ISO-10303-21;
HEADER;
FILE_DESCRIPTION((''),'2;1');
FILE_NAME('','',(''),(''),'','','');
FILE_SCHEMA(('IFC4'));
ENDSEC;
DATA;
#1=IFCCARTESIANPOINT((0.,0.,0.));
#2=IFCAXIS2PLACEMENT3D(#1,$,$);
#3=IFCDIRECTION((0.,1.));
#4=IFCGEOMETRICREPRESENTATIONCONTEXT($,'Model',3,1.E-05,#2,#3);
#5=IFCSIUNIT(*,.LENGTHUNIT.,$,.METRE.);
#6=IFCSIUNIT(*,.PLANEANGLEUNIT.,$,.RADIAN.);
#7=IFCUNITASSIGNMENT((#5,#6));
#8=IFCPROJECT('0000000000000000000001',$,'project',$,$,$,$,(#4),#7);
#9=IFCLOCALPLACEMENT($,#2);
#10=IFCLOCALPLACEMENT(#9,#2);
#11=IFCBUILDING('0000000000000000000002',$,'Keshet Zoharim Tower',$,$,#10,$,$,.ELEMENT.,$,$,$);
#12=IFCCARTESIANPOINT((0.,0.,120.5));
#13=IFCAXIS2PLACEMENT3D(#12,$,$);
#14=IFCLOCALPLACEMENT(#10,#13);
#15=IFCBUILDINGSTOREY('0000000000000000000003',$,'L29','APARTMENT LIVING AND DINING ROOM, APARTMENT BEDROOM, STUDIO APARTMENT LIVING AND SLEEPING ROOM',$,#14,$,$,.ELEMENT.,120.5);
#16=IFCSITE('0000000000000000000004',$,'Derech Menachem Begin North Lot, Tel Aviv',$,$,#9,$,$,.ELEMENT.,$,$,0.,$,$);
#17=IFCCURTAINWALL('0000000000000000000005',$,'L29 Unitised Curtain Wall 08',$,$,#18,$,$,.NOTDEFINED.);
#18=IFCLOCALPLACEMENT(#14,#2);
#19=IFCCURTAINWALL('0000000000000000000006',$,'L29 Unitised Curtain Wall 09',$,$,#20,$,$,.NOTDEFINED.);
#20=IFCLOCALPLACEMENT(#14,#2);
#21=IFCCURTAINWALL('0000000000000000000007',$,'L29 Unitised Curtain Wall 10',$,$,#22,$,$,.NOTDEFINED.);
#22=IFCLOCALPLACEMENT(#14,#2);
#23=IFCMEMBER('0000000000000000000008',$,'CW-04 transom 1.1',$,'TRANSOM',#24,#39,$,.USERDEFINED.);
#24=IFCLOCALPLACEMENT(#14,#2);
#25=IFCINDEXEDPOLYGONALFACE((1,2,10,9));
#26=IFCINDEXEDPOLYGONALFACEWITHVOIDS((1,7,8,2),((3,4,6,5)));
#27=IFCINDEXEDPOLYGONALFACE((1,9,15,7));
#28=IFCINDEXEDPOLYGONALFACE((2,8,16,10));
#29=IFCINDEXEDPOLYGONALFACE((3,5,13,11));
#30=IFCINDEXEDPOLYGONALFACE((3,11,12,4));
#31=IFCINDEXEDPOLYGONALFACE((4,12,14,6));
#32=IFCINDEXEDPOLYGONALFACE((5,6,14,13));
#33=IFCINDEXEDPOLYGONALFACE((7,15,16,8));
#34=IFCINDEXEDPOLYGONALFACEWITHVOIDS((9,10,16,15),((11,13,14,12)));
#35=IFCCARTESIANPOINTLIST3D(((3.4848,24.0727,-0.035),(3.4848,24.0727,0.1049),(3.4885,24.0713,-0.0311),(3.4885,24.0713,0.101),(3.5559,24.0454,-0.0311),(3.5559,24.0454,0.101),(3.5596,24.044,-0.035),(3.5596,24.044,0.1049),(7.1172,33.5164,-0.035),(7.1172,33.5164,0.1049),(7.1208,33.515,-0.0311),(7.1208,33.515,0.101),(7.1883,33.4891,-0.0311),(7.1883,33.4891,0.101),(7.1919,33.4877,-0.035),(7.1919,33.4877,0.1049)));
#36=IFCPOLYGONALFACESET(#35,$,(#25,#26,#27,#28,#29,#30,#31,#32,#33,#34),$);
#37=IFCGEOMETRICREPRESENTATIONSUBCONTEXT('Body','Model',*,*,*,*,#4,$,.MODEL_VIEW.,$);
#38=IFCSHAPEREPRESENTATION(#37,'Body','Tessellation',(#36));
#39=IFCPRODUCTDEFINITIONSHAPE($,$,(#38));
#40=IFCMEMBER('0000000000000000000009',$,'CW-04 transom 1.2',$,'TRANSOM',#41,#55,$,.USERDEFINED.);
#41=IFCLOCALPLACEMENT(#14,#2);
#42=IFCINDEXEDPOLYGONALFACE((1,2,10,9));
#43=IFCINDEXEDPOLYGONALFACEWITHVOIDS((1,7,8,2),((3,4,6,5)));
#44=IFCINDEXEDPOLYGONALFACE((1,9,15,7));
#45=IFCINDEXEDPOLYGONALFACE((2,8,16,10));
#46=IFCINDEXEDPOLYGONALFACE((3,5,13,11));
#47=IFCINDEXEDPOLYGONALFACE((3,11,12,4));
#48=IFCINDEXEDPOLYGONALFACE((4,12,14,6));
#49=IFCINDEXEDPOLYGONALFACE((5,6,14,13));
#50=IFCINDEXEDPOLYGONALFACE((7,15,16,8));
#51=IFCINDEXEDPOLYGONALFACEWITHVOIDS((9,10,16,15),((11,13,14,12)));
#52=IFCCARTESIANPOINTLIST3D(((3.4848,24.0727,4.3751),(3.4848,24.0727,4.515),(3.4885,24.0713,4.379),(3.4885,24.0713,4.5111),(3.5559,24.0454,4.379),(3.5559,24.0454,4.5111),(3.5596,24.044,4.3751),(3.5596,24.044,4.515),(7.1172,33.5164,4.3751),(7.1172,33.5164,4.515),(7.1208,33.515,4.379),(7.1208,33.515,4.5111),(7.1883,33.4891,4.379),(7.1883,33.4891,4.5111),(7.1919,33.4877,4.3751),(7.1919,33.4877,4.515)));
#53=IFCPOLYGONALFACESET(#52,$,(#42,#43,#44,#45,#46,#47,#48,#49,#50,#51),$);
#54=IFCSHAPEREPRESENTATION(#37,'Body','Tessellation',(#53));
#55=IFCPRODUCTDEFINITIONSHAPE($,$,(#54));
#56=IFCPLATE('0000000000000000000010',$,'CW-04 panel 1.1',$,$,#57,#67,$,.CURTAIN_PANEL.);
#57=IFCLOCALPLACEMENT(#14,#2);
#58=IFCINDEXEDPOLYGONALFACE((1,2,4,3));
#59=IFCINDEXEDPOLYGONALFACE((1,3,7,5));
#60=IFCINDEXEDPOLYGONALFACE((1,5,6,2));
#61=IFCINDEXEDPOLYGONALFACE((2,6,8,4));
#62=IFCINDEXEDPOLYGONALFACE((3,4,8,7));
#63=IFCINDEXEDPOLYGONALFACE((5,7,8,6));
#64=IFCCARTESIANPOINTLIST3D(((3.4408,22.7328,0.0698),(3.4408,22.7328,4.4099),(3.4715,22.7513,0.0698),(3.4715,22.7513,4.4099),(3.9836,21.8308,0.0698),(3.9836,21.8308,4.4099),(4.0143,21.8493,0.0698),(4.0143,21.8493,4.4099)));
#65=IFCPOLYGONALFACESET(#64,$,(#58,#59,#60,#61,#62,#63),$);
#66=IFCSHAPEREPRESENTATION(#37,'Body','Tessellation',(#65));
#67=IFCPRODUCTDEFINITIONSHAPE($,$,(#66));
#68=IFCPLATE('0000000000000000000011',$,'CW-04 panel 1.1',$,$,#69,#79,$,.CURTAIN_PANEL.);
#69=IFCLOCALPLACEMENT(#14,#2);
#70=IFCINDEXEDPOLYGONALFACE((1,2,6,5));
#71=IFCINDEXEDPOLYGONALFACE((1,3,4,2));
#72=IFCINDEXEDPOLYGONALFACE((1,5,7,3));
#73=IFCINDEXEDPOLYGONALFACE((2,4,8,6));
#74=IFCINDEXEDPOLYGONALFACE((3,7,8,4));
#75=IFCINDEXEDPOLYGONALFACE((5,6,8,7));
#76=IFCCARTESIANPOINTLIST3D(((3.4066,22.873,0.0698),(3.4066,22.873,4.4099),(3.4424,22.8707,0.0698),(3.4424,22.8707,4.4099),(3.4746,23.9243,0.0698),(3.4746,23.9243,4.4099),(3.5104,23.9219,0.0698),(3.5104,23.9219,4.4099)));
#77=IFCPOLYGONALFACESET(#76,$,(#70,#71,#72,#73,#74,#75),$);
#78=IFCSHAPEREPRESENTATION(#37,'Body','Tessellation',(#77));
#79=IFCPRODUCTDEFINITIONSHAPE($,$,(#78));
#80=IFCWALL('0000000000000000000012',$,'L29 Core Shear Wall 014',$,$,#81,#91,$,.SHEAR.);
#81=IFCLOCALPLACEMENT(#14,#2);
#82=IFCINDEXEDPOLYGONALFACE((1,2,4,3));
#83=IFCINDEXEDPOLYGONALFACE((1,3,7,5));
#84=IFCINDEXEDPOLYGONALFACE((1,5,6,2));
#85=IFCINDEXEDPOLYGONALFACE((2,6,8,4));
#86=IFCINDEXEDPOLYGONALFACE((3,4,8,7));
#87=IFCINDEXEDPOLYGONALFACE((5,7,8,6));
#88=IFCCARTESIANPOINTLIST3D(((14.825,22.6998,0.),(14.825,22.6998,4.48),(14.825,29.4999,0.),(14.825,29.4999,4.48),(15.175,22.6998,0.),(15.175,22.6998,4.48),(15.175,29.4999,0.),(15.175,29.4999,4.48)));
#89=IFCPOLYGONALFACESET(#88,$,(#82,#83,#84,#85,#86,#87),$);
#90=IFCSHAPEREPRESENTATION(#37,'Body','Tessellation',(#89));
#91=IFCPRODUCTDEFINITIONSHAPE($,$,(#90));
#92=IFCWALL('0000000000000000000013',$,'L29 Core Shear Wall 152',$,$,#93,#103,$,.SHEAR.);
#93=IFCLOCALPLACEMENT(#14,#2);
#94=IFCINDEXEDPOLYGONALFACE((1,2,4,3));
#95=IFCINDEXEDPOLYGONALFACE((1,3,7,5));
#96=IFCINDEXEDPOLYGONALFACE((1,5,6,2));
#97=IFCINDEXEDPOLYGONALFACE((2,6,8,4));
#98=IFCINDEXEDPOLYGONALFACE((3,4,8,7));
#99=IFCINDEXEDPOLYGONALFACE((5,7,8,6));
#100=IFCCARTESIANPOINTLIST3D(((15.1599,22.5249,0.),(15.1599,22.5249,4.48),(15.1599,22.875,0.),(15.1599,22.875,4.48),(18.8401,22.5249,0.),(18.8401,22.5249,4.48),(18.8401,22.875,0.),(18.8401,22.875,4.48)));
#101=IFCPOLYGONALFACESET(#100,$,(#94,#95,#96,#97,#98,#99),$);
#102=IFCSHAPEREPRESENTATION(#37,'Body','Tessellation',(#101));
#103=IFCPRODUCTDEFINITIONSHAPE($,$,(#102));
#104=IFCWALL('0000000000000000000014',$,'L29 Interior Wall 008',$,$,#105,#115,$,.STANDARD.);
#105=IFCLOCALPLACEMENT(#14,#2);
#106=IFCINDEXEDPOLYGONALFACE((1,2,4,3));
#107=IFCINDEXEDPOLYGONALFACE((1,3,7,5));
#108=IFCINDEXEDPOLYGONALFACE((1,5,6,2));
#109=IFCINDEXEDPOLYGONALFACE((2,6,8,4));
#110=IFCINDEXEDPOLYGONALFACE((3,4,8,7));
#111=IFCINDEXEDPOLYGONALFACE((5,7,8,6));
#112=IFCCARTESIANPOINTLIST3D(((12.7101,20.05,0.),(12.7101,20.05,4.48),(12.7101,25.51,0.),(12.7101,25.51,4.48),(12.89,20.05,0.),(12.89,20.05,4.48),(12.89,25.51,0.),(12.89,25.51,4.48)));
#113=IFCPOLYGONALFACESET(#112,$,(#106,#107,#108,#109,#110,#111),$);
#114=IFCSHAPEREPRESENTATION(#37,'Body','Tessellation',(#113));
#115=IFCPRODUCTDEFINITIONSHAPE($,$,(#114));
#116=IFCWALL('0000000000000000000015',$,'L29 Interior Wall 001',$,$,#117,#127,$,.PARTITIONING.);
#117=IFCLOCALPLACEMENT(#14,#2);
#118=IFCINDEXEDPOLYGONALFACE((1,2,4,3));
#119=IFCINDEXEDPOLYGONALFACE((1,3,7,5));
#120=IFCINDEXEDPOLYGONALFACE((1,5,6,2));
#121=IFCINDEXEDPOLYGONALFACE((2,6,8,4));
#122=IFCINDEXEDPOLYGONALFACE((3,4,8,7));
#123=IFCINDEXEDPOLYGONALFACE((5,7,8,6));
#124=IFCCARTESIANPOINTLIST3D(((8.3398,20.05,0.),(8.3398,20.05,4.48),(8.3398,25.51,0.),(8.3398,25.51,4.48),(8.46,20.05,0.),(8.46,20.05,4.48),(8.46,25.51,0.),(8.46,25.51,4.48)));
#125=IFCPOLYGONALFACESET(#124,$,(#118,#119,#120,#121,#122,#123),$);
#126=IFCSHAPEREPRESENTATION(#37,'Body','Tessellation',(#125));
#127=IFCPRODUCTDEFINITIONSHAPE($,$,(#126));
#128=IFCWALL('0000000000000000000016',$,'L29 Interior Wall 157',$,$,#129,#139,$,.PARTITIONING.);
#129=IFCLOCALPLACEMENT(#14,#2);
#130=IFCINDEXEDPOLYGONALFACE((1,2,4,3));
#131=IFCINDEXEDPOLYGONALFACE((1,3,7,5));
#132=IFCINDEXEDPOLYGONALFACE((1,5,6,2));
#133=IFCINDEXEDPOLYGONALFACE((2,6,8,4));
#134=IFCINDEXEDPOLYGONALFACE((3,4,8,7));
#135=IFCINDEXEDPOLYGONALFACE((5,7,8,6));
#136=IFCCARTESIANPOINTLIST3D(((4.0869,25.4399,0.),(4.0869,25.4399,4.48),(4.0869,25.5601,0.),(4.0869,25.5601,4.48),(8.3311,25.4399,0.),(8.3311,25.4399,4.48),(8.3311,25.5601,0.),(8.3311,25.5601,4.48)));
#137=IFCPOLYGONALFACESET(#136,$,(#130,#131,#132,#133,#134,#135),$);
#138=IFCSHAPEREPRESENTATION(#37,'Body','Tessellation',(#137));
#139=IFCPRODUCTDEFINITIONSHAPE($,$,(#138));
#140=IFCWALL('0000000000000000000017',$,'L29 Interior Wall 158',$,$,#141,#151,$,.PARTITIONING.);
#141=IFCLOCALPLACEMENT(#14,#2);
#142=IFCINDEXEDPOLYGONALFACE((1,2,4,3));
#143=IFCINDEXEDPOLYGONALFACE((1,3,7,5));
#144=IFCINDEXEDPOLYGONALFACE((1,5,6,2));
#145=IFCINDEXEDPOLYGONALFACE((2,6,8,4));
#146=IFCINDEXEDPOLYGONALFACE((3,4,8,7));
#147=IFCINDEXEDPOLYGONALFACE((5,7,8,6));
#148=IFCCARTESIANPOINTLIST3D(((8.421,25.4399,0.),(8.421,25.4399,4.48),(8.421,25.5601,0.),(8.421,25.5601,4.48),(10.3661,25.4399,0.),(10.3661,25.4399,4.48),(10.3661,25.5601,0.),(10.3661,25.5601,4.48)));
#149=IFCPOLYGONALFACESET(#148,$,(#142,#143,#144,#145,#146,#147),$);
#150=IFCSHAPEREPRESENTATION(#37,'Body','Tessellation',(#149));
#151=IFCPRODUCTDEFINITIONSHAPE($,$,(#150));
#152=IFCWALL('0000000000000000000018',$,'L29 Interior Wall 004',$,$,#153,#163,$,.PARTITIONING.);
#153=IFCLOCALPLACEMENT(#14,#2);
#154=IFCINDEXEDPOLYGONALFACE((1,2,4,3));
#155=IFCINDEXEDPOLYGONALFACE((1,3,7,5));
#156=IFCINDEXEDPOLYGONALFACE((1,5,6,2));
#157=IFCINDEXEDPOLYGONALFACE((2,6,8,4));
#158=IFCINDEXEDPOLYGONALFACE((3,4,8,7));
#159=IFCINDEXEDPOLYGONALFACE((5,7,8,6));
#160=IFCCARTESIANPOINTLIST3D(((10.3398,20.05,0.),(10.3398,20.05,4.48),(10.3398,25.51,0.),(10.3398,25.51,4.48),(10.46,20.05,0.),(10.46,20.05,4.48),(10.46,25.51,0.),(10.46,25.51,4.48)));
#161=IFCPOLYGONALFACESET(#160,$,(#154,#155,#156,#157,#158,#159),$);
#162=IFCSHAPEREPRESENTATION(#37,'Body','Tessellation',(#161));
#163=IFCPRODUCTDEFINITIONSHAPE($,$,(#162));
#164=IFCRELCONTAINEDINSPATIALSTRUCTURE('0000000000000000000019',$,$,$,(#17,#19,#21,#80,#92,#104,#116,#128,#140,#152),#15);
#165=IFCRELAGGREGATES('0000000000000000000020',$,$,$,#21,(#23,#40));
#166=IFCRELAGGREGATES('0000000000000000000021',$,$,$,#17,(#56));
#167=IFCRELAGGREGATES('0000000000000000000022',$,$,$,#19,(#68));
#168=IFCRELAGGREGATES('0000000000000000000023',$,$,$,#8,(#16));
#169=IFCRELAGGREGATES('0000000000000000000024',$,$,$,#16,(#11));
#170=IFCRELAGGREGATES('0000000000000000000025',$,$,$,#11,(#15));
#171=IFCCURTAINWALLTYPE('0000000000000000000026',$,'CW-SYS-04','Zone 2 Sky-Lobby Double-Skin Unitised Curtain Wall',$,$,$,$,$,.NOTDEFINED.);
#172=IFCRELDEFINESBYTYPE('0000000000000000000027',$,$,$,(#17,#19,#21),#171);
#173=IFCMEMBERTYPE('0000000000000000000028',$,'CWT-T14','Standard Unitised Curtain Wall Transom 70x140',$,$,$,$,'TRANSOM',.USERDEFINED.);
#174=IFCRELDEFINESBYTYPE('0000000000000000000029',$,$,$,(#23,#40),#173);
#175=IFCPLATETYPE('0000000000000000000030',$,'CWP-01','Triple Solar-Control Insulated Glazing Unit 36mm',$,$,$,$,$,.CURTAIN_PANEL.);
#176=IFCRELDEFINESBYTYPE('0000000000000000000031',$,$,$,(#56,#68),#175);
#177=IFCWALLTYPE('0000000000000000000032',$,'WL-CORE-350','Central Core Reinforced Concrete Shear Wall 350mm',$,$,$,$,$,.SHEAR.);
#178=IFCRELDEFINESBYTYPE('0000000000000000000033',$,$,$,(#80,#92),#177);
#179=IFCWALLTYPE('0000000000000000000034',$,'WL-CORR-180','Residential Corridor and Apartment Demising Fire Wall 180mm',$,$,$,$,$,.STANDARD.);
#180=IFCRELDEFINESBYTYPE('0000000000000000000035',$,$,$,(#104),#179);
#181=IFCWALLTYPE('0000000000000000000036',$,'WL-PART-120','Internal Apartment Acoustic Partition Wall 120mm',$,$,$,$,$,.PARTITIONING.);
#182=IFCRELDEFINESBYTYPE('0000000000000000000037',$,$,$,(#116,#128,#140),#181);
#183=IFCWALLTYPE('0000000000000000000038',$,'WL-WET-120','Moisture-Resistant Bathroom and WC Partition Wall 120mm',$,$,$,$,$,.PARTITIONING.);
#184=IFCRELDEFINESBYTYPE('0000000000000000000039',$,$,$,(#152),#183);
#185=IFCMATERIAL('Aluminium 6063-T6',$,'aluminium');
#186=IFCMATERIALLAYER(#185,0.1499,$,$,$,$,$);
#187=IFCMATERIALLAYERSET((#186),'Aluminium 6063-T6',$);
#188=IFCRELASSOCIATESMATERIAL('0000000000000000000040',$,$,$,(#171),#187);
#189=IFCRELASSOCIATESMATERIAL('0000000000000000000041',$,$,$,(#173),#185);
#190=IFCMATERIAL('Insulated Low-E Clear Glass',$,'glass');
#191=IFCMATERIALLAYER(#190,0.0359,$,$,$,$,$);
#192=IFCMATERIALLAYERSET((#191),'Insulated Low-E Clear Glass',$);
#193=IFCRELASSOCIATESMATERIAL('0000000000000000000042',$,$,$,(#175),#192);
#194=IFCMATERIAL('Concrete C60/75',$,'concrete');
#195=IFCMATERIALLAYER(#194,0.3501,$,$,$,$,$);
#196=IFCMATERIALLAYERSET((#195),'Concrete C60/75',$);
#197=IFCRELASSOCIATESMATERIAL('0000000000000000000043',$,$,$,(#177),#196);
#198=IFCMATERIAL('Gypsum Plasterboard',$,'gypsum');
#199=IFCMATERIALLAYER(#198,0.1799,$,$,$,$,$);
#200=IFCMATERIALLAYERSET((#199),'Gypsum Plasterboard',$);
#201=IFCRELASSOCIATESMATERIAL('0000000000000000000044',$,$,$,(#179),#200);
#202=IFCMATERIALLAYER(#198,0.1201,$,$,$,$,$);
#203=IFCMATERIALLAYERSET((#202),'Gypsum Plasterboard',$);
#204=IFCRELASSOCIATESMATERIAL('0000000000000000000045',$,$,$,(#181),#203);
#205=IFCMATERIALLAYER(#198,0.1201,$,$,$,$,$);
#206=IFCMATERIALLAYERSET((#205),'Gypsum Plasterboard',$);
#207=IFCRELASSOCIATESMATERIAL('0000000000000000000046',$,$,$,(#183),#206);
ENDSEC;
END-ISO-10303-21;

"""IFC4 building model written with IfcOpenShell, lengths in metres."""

from ifc_helpers import new_model, si_unit, direction, frame, frame_2d, origin, origin_2d, place, context, subcontext, project, spatial, rectangle, hollow_rectangle, extrude, material, layer, layer_set, material_profile, profile_set, type_object, element, aggregate, save


model = new_model("IFC4")

# Units and contexts
model_context = context("Model", 3, precision=1e-05, world=origin(), true_north=direction((0.0, 1.0)))
body_context = subcontext(model_context, "Body", "Model", "MODEL_VIEW")
ifc_project = project(units=[si_unit("LENGTHUNIT", "METRE"), si_unit("PLANEANGLEUNIT", "RADIAN")], contexts=[model_context])

# Site, building, storey
site_placement = place(None, origin())
site = spatial("IfcSite", under=ifc_project, at=site_placement, Name="Derech Menachem Begin North Lot, Tel Aviv", CompositionType="ELEMENT", RefElevation=0.0)
building_placement = place(site_placement, origin())
building = spatial("IfcBuilding", under=site, at=building_placement, Name="Keshet Zoharim Tower", CompositionType="ELEMENT")
storey_placement = place(building_placement, frame((0.0, 0.0, 120.5)))
storey = spatial("IfcBuildingStorey", under=building, at=storey_placement, Name="L29", Description="APARTMENT LIVING AND DINING ROOM, APARTMENT BEDROOM, STUDIO APARTMENT LIVING AND SLEEPING ROOM", CompositionType="ELEMENT", Elevation=120.5)

# Shared definitions
ifc_material_1 = material(Name="Concrete C60/75", Category="concrete")

# Shared definitions
ifc_material_2 = material(Name="Aluminium 6063-T6", Category="aluminium")
ifc_layer_1 = layer(ifc_material_2, 0.1499)
ifc_layer_set_1 = layer_set([ifc_layer_1], Name="Aluminium 6063-T6")
curtain_wall_type = type_object("IfcCurtainWallType", Name="CW-SYS-04", Description="Zone 2 Sky-Lobby Double-Skin Unitised Curtain Wall", PredefinedType="NOTDEFINED", material=ifc_layer_set_1)

# Curtain walls
curtain_wall_1_placement = place(storey_placement, origin())
curtain_wall_1 = element("IfcCurtainWall", 1, at=curtain_wall_1_placement, inside=storey, type_object=curtain_wall_type, Name="L29 Unitised Curtain Wall 08", PredefinedType="NOTDEFINED")
curtain_wall_2_placement = place(storey_placement, origin())
curtain_wall_2 = element("IfcCurtainWall", 2, at=curtain_wall_2_placement, inside=storey, type_object=curtain_wall_type, Name="L29 Unitised Curtain Wall 09", PredefinedType="NOTDEFINED")

# Curtain wall
curtain_wall_3_placement = place(storey_placement, origin())
curtain_wall_3 = element("IfcCurtainWall", 3, at=curtain_wall_3_placement, inside=storey, type_object=curtain_wall_type, Name="L29 Unitised Curtain Wall 10", PredefinedType="NOTDEFINED")

# Members
ifc_material_profile_1 = material_profile(ifc_material_2, hollow_rectangle(XDim=0.0801, YDim=0.1399, WallThickness=0.0039, at=origin_2d()), Name="TRN-80x140")
ifc_profile_set_1 = profile_set([ifc_material_profile_1], Name="Aluminium 6063-T6")
member_type_1 = type_object("IfcMemberType", Name="CWT-T14", Description="Standard Unitised Curtain Wall Transom 70x140", ElementType="TRANSOM", PredefinedType="USERDEFINED", material=ifc_profile_set_1)
member_1_placement = place(storey_placement, frame((3.5222, 24.0583, 0.0349), z_axis=(0.358994, 0.93334, 0.0), x_axis=(-0.93334, 0.358994, 0.0)))
member_1 = element("IfcMember", 4, at=member_1_placement, type_object=member_type_1, Name="CW-04 transom 1.1", ObjectType="TRANSOM", PredefinedType="USERDEFINED", context=body_context, shape_type="SweptSolid", body=[
    extrude(hollow_rectangle(XDim=0.0801, YDim=0.1399, WallThickness=0.0039, at=origin_2d()), origin(), (0.0, 0.0, 1.0), 10.1182),
])
member_2_placement = place(storey_placement, frame((3.5222, 24.0583, 4.4451), z_axis=(0.358994, 0.93334, 0.0), x_axis=(-0.93334, 0.358994, 0.0)))
member_2 = element("IfcMember", 5, at=member_2_placement, type_object=member_type_1, Name="CW-04 transom 1.2", ObjectType="TRANSOM", PredefinedType="USERDEFINED", context=body_context, shape_type="SweptSolid", body=[
    extrude(hollow_rectangle(XDim=0.0801, YDim=0.1399, WallThickness=0.0039, at=origin_2d()), origin(), (0.0, 0.0, 1.0), 10.1182),
])
aggregate(curtain_wall_3, [member_1, member_2])

# Plates
ifc_material_3 = material(Name="Insulated Low-E Clear Glass", Category="glass")
ifc_layer_2 = layer(ifc_material_3, 0.0359)
ifc_layer_set_2 = layer_set([ifc_layer_2], Name="Insulated Low-E Clear Glass")
plate_type = type_object("IfcPlateType", Name="CWP-01", Description="Triple Solar-Control Insulated Glazing Unit 36mm", PredefinedType="CURTAIN_PANEL", material=ifc_layer_set_2)
plate_1_placement = place(storey_placement, frame((3.7275, 22.291, 0.0698), z_axis=(0.0, 0.0, 1.0), x_axis=(-0.515605, 0.856826, 0.0)))
plate_1 = element("IfcPlate", 6, at=plate_1_placement, type_object=plate_type, Name="CW-04 panel 1.1", PredefinedType="CURTAIN_PANEL", context=body_context, shape_type="SweptSolid", body=[
    extrude(rectangle(XDim=1.0527, YDim=0.0359, at=origin_2d()), origin(), (0.0, 0.0, 1.0), 4.3401),
])
aggregate(curtain_wall_1, [plate_1])
plate_2_placement = place(storey_placement, frame((3.4585, 23.3975, 0.0698), z_axis=(0.0, 0.0, 1.0), x_axis=(0.064517, 0.997917, 0.0)))
plate_2 = element("IfcPlate", 7, at=plate_2_placement, type_object=plate_type, Name="CW-04 panel 1.1", PredefinedType="CURTAIN_PANEL", context=body_context, shape_type="SweptSolid", body=[
    extrude(rectangle(XDim=1.0535, YDim=0.0359, at=origin_2d()), origin(), (0.0, 0.0, 1.0), 4.3401),
])
aggregate(curtain_wall_2, [plate_2])

# Walls
ifc_layer_3 = layer(ifc_material_1, 0.3501)
ifc_layer_set_3 = layer_set([ifc_layer_3], Name="Concrete C60/75")
wall_type_1 = type_object("IfcWallType", Name="WL-CORE-350", Description="Central Core Reinforced Concrete Shear Wall 350mm", PredefinedType="SHEAR", material=ifc_layer_set_3)
wall_1_placement = place(storey_placement, frame((15.0, 22.7, 0.0), z_axis=(0.0, 0.0, 1.0), x_axis=(0.0, 1.0, 0.0)))
element("IfcWall", 8, at=wall_1_placement, inside=storey, type_object=wall_type_1, Name="L29 Core Shear Wall 014", PredefinedType="SHEAR", context=body_context, shape_type="SweptSolid", body=[
    extrude(rectangle(XDim=6.8, YDim=0.3501, at=frame_2d((3.3999, 0.0))), origin(), (0.0, 0.0, 1.0), 4.48),
])
wall_2_placement = place(storey_placement, frame((15.1599, 22.7, 0.0), z_axis=(0.0, 0.0, 1.0), x_axis=(1.0, 0.0, 0.0)))
element("IfcWall", 9, at=wall_2_placement, inside=storey, type_object=wall_type_1, Name="L29 Core Shear Wall 152", PredefinedType="SHEAR", context=body_context, shape_type="SweptSolid", body=[
    extrude(rectangle(XDim=3.6802, YDim=0.3501, at=frame_2d((1.8401, 0.0))), origin(), (0.0, 0.0, 1.0), 4.48),
])
ifc_material_4 = material(Name="Gypsum Plasterboard", Category="gypsum")
ifc_layer_4 = layer(ifc_material_4, 0.1799)
ifc_layer_set_4 = layer_set([ifc_layer_4], Name="Gypsum Plasterboard")
wall_type_2 = type_object("IfcWallType", Name="WL-CORR-180", Description="Residential Corridor and Apartment Demising Fire Wall 180mm", PredefinedType="STANDARD", material=ifc_layer_set_4)
wall_3_placement = place(storey_placement, frame((12.8, 20.05, 0.0), z_axis=(0.0, 0.0, 1.0), x_axis=(0.0, 1.0, 0.0)))
element("IfcWall", 10, at=wall_3_placement, inside=storey, type_object=wall_type_2, Name="L29 Interior Wall 008", PredefinedType="STANDARD", context=body_context, shape_type="SweptSolid", body=[
    extrude(rectangle(XDim=5.46, YDim=0.1799, at=frame_2d((2.73, 0.0))), origin(), (0.0, 0.0, 1.0), 4.48),
])

# Wall
ifc_layer_5 = layer(ifc_material_4, 0.1201)
ifc_layer_set_5 = layer_set([ifc_layer_5], Name="Gypsum Plasterboard")
wall_type_3 = type_object("IfcWallType", Name="WL-PART-120", Description="Internal Apartment Acoustic Partition Wall 120mm", PredefinedType="PARTITIONING", material=ifc_layer_set_5)
wall_4_placement = place(storey_placement, frame((8.3999, 20.05, 0.0), z_axis=(0.0, 0.0, 1.0), x_axis=(0.0, 1.0, 0.0)))
element("IfcWall", 11, at=wall_4_placement, inside=storey, type_object=wall_type_3, Name="L29 Interior Wall 001", PredefinedType="PARTITIONING", context=body_context, shape_type="SweptSolid", body=[
    extrude(rectangle(XDim=5.46, YDim=0.1201, at=frame_2d((2.73, 0.0))), origin(), (0.0, 0.0, 1.0), 4.48),
])

# Walls
wall_5_placement = place(storey_placement, frame((4.0869, 25.5, 0.0), z_axis=(0.0, 0.0, 1.0), x_axis=(1.0, 0.0, 0.0)))
element("IfcWall", 12, at=wall_5_placement, inside=storey, type_object=wall_type_3, Name="L29 Interior Wall 157", PredefinedType="PARTITIONING", context=body_context, shape_type="SweptSolid", body=[
    extrude(rectangle(XDim=4.2441, YDim=0.1201, at=frame_2d((2.1221, 0.0))), origin(), (0.0, 0.0, 1.0), 4.48),
])
wall_6_placement = place(storey_placement, frame((8.4209, 25.5, 0.0), z_axis=(0.0, 0.0, 1.0), x_axis=(1.0, 0.0, 0.0)))
element("IfcWall", 13, at=wall_6_placement, inside=storey, type_object=wall_type_3, Name="L29 Interior Wall 158", PredefinedType="PARTITIONING", context=body_context, shape_type="SweptSolid", body=[
    extrude(rectangle(XDim=1.9451, YDim=0.1201, at=frame_2d((0.9727, 0.0))), origin(), (0.0, 0.0, 1.0), 4.48),
])
ifc_layer_6 = layer(ifc_material_4, 0.1201)
ifc_layer_set_6 = layer_set([ifc_layer_6], Name="Gypsum Plasterboard")
wall_type_4 = type_object("IfcWallType", Name="WL-WET-120", Description="Moisture-Resistant Bathroom and WC Partition Wall 120mm", PredefinedType="PARTITIONING", material=ifc_layer_set_6)
wall_7_placement = place(storey_placement, frame((10.3999, 20.05, 0.0), z_axis=(0.0, 0.0, 1.0), x_axis=(0.0, 1.0, 0.0)))
element("IfcWall", 14, at=wall_7_placement, inside=storey, type_object=wall_type_4, Name="L29 Interior Wall 004", PredefinedType="PARTITIONING", context=body_context, shape_type="SweptSolid", body=[
    extrude(rectangle(XDim=5.46, YDim=0.1201, at=frame_2d((2.73, 0.0))), origin(), (0.0, 0.0, 1.0), 4.48),
])

save(model, "model.ifc")
